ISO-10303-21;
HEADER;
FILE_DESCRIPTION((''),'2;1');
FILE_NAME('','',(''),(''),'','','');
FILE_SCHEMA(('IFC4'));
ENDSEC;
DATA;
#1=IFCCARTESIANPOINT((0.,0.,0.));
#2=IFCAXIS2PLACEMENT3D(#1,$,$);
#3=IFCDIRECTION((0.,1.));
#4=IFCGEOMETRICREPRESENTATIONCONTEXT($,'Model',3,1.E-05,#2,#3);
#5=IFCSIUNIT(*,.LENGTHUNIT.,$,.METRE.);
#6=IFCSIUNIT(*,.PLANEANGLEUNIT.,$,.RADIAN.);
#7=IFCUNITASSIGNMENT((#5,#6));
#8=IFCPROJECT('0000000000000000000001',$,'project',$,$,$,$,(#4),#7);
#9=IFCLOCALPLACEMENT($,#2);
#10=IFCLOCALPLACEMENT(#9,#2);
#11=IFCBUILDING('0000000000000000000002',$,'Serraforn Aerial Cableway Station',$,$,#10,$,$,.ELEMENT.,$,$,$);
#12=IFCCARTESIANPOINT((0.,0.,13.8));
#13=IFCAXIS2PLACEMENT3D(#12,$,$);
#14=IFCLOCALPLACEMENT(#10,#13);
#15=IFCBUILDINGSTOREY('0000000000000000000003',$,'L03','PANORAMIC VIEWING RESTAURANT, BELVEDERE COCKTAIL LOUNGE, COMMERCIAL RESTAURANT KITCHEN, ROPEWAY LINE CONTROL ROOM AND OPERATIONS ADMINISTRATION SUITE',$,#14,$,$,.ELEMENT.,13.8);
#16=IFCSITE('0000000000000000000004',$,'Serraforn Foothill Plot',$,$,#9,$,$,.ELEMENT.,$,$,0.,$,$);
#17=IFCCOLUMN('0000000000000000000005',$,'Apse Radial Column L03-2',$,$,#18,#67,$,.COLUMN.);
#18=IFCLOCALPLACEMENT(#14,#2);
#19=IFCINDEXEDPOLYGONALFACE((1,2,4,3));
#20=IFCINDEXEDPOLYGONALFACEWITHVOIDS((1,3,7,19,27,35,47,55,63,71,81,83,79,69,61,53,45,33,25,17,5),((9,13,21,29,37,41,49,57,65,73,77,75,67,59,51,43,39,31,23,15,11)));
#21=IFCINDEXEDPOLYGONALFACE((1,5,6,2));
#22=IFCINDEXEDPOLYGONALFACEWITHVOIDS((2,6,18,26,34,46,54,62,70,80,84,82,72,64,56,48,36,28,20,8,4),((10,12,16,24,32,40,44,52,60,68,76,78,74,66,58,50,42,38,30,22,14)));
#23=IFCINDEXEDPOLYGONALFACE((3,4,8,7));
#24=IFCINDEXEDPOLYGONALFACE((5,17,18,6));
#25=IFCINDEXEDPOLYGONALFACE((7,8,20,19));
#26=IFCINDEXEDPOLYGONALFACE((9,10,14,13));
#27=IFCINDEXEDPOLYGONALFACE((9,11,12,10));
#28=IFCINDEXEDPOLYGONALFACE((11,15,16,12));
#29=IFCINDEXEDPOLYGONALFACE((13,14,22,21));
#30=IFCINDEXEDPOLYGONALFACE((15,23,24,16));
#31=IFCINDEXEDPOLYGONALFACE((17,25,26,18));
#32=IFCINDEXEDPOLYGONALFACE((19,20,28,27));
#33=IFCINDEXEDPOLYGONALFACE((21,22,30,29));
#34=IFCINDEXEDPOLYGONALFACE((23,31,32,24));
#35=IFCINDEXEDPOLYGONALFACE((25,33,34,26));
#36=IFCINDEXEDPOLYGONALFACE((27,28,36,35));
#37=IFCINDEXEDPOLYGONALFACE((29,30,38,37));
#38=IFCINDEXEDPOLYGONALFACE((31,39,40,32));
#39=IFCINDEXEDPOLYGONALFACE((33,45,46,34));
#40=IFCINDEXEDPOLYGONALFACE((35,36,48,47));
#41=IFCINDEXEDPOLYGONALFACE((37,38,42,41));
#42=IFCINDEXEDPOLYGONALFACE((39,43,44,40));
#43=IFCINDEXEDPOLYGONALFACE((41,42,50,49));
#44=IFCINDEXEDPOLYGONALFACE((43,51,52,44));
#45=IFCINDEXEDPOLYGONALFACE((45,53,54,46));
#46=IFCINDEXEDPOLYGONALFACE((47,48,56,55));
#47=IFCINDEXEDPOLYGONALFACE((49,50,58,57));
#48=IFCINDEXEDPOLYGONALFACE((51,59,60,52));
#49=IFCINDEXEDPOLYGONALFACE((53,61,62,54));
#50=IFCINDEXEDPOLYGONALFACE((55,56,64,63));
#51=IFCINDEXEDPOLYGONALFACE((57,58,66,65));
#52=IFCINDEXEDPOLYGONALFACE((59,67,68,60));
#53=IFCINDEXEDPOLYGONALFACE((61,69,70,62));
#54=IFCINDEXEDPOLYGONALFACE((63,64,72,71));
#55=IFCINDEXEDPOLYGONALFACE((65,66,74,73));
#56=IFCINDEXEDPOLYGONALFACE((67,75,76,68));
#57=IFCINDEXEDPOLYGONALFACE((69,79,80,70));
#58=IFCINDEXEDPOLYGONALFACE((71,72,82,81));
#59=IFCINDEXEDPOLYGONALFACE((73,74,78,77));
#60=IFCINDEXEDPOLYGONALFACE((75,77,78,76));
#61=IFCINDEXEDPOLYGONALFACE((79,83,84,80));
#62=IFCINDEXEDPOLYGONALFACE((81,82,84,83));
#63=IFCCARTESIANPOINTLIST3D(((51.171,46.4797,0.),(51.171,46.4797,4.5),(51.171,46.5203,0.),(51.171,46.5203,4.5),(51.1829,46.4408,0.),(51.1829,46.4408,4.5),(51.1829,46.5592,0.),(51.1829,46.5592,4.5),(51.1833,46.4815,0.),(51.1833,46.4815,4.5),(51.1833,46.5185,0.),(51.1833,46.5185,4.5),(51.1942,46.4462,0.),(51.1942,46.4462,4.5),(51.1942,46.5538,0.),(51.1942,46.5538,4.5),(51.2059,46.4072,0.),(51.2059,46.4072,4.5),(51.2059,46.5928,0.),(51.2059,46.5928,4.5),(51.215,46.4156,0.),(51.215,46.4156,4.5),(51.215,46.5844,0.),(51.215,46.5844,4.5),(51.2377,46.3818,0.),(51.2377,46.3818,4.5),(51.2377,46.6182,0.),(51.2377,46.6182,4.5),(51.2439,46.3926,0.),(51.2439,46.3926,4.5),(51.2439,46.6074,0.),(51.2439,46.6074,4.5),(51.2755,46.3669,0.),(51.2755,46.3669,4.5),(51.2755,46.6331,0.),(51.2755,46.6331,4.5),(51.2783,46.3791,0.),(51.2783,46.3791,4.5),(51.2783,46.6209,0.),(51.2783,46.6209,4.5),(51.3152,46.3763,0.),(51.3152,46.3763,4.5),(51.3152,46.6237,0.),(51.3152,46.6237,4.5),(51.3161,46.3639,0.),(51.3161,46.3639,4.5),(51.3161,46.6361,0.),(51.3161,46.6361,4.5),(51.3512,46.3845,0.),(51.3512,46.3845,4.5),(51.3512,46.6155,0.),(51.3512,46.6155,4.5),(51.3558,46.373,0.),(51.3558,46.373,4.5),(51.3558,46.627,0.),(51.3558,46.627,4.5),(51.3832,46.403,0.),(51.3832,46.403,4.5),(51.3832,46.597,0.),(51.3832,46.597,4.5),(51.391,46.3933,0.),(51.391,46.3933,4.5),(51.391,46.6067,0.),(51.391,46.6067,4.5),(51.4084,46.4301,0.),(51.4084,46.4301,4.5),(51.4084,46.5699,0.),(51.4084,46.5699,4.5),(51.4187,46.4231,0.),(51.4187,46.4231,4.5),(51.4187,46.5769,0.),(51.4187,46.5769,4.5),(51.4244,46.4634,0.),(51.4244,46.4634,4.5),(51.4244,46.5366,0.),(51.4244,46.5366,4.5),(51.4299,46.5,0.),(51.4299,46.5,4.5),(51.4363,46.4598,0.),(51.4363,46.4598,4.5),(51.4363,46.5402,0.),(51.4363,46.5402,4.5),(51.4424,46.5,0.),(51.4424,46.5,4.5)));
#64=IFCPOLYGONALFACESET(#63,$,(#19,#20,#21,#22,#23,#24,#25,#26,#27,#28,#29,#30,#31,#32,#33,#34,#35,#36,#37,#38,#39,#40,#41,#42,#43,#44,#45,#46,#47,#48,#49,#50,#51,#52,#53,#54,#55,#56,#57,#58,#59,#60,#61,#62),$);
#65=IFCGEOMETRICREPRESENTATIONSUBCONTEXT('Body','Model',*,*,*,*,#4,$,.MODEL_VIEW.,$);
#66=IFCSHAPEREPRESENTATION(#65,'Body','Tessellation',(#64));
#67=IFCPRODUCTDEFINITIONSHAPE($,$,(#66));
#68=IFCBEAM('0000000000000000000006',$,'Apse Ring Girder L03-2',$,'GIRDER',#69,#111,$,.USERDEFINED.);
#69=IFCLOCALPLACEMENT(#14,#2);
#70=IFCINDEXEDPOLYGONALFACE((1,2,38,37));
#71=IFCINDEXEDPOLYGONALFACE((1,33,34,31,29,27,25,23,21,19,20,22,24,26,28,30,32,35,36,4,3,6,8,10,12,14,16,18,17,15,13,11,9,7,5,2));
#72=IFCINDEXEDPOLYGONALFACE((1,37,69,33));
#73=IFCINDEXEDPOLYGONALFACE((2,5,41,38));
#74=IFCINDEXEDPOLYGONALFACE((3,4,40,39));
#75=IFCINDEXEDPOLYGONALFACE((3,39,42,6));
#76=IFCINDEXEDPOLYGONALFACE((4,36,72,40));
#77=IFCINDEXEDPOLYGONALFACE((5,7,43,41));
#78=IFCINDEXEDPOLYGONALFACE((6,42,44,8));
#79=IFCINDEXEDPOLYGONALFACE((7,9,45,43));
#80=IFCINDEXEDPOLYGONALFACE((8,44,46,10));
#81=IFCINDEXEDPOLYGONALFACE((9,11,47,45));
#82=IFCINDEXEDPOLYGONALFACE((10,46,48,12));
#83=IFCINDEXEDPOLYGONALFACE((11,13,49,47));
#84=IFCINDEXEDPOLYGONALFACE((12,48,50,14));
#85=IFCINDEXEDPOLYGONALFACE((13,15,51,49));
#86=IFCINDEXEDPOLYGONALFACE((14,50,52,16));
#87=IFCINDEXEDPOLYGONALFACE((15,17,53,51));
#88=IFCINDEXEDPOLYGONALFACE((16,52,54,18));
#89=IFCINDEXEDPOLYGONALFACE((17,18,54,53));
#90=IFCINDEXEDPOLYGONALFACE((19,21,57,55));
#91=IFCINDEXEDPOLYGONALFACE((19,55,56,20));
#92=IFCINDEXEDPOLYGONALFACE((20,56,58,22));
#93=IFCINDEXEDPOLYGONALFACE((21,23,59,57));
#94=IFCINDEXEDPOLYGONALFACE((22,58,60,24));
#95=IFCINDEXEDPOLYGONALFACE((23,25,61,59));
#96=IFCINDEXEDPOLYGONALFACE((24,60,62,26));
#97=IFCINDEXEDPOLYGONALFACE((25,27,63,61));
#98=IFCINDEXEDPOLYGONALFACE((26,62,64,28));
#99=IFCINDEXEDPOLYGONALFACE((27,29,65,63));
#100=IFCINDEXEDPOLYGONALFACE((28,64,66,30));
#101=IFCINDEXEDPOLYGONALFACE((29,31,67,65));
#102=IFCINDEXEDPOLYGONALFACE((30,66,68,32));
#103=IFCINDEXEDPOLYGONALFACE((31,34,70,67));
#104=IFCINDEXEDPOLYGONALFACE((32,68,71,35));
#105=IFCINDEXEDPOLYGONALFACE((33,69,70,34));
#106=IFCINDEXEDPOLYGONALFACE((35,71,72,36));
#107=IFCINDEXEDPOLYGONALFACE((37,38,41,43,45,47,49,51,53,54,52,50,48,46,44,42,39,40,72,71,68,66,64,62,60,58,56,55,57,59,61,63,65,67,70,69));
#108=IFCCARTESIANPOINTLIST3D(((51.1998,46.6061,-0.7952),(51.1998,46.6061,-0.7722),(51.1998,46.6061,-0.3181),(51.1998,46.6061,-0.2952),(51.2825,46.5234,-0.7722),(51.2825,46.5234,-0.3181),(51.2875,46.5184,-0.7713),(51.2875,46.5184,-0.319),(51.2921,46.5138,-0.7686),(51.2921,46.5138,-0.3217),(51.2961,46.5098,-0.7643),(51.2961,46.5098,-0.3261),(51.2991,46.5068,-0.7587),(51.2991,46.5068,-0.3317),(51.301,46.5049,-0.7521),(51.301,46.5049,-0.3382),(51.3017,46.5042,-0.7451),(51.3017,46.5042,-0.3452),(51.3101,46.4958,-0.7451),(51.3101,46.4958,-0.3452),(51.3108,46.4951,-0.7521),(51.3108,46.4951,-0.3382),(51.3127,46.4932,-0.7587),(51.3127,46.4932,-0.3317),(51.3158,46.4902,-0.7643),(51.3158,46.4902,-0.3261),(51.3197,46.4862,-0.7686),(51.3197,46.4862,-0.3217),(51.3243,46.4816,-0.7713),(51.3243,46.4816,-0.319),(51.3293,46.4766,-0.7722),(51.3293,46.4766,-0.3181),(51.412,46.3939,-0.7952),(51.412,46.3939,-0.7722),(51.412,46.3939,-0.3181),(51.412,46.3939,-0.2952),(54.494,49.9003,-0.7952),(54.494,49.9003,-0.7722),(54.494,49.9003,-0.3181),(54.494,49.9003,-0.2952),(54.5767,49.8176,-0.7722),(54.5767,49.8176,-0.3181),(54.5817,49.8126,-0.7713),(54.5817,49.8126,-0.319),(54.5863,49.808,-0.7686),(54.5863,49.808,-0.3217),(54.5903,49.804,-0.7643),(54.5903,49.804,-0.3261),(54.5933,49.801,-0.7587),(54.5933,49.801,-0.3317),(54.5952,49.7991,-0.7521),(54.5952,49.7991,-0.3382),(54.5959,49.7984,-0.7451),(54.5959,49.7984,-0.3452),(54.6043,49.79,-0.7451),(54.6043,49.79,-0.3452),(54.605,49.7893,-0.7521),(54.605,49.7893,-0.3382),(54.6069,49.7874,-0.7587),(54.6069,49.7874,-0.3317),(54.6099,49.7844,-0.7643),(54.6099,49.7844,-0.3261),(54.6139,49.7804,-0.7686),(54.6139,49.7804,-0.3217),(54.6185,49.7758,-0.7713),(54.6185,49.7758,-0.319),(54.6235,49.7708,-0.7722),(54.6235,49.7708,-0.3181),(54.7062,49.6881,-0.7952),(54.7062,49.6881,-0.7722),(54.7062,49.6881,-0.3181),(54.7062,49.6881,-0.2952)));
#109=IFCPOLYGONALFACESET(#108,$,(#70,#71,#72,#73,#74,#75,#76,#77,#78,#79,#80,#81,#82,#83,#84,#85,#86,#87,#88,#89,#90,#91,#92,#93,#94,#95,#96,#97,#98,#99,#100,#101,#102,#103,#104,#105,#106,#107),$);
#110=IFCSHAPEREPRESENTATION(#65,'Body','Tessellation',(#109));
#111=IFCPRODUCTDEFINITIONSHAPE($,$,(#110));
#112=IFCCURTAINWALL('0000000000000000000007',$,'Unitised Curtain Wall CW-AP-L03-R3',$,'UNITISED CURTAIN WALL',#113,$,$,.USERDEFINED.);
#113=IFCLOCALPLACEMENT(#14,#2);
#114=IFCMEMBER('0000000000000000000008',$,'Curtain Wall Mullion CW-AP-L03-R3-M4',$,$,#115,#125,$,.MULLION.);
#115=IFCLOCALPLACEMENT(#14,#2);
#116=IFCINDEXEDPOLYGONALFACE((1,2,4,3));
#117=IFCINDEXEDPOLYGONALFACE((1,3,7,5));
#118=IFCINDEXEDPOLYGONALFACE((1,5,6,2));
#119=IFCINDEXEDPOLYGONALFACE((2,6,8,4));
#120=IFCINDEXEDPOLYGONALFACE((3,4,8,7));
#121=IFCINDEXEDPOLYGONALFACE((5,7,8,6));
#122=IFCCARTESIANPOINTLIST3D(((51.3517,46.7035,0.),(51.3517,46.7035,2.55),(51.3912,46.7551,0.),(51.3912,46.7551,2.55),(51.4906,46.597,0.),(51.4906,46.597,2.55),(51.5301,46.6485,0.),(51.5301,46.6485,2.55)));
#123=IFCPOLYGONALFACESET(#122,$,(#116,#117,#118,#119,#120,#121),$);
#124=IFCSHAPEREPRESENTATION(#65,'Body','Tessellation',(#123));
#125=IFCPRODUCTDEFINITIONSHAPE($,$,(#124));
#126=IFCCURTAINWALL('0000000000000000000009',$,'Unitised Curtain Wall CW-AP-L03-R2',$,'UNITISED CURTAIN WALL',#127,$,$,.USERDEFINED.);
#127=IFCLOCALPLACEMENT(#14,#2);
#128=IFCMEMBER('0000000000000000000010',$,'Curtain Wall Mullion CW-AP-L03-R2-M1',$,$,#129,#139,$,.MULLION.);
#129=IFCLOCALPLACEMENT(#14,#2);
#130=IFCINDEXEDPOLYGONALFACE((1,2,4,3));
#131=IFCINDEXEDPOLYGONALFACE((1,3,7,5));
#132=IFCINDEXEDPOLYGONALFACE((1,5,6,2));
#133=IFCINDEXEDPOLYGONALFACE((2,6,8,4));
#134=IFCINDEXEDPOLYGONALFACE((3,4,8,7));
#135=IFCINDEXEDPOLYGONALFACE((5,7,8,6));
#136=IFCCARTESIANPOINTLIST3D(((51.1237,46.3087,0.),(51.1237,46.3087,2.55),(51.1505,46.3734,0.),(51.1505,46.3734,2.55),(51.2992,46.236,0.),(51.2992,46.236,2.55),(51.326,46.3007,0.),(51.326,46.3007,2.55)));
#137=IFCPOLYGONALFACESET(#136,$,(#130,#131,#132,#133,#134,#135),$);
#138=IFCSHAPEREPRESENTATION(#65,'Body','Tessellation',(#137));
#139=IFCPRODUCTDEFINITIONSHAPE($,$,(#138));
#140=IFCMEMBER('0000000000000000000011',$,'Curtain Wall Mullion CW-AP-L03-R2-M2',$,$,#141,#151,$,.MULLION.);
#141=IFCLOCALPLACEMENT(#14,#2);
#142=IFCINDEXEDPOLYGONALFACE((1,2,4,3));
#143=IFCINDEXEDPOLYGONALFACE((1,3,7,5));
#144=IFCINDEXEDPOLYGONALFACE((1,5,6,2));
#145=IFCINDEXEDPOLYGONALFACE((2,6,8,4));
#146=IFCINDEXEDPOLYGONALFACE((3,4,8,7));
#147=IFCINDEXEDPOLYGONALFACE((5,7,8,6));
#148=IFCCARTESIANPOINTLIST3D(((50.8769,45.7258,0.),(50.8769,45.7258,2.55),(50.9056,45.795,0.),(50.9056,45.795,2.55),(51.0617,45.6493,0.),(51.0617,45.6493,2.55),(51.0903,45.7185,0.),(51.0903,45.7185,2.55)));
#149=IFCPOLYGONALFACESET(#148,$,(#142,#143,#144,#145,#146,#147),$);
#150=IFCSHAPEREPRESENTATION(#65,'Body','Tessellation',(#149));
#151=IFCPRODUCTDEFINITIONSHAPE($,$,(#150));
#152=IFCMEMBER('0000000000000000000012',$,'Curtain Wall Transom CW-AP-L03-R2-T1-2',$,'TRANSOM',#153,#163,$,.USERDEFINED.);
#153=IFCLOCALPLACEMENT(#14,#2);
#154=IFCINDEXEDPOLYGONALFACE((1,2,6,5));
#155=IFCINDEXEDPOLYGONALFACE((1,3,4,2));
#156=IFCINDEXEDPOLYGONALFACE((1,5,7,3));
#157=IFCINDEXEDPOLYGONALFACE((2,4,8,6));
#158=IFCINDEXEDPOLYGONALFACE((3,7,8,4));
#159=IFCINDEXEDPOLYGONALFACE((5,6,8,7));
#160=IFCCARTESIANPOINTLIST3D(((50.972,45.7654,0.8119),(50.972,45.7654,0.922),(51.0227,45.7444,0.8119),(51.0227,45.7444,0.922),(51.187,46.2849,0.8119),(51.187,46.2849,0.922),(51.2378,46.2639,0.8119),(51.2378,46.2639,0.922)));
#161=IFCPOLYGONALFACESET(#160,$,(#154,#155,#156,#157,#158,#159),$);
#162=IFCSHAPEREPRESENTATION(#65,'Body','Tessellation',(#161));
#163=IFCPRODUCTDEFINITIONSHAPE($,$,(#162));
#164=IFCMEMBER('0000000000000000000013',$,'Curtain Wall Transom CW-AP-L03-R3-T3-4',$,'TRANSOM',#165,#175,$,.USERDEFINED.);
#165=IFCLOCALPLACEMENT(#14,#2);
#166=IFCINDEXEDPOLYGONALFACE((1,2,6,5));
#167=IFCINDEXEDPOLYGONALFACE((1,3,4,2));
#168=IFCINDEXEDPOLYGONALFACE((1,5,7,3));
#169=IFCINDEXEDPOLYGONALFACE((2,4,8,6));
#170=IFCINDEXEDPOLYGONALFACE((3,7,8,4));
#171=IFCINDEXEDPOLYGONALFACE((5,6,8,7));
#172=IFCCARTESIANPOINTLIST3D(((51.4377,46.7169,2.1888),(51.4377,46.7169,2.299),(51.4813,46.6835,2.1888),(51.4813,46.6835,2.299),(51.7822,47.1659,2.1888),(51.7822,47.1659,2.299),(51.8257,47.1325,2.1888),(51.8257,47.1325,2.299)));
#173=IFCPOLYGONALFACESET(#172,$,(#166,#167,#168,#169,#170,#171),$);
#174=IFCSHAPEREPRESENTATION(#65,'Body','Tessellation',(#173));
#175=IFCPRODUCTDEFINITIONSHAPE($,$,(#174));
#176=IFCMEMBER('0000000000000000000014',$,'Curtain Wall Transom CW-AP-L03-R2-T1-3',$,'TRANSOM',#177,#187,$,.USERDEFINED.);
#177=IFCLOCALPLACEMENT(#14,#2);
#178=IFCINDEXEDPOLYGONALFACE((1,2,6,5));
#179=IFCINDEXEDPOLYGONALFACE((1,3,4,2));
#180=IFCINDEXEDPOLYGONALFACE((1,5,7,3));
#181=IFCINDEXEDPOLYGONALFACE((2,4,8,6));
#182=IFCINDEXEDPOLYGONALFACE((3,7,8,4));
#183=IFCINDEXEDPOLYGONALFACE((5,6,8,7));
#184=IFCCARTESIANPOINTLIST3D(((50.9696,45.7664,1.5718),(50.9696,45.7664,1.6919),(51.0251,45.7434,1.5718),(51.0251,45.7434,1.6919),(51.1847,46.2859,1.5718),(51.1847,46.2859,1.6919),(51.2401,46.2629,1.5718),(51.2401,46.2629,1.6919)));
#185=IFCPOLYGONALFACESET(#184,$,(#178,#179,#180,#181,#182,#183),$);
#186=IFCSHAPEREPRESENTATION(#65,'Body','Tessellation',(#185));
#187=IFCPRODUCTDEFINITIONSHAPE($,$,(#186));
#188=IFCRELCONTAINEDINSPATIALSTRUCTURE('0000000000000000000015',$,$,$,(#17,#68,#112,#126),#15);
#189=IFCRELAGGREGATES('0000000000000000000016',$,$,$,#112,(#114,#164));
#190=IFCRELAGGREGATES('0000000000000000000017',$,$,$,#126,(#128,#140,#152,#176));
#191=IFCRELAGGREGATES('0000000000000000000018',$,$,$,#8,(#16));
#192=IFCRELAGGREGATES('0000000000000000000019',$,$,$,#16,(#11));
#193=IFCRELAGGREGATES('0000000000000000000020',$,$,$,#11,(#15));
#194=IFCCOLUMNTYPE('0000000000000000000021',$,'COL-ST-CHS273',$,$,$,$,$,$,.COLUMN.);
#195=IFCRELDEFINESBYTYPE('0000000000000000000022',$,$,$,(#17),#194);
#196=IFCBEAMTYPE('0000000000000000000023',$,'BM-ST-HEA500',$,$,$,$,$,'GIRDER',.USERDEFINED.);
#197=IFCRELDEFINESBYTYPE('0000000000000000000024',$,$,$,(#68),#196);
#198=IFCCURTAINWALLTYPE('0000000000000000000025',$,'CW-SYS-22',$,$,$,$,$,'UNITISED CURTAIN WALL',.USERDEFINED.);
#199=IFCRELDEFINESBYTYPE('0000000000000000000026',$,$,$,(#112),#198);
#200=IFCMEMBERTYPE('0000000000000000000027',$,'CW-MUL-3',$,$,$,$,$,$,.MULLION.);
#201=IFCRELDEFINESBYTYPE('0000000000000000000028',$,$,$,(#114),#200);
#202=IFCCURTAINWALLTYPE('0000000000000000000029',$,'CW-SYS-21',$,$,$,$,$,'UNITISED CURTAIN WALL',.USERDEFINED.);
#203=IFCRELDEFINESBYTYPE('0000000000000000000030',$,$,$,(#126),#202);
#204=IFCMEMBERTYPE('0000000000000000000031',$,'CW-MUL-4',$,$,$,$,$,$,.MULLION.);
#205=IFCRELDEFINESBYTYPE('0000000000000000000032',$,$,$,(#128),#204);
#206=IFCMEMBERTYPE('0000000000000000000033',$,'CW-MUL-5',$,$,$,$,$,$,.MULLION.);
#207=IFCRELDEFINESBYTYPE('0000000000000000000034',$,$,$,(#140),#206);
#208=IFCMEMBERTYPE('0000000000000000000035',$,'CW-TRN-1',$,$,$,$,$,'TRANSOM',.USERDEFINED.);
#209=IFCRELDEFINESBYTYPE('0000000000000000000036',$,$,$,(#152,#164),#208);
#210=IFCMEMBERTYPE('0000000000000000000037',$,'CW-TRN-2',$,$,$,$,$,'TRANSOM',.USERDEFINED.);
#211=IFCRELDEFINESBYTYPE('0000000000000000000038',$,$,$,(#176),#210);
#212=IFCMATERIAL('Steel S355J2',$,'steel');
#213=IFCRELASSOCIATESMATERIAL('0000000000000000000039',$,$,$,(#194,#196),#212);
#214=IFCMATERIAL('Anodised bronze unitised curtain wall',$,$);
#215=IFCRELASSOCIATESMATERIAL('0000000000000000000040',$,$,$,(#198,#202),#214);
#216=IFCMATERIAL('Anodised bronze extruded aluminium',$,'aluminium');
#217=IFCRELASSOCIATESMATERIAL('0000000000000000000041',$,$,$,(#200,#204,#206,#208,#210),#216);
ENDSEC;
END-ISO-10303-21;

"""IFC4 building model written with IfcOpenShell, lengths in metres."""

from ifc_helpers import new_model, si_unit, direction, frame, origin, origin_2d, place, context, subcontext, project, spatial, rectangle, hollow_circle, i_section, extrude, material, material_profile, profile_set, type_object, element, aggregate, save


model = new_model("IFC4")

# Units and contexts
model_context = context("Model", 3, precision=1e-05, world=origin(), true_north=direction((0.0, 1.0)))
body_context = subcontext(model_context, "Body", "Model", "MODEL_VIEW")
ifc_project = project(units=[si_unit("LENGTHUNIT", "METRE"), si_unit("PLANEANGLEUNIT", "RADIAN")], contexts=[model_context])

# Site, building, storey
site_placement = place(None, origin())
site = spatial("IfcSite", under=ifc_project, at=site_placement, Name="Serraforn Foothill Plot", CompositionType="ELEMENT", RefElevation=0.0)
building_placement = place(site_placement, origin())
building = spatial("IfcBuilding", under=site, at=building_placement, Name="Serraforn Aerial Cableway Station", CompositionType="ELEMENT")
storey_placement = place(building_placement, frame((0.0, 0.0, 13.8)))
storey = spatial("IfcBuildingStorey", under=building, at=storey_placement, Name="L03", Description="PANORAMIC VIEWING RESTAURANT, BELVEDERE COCKTAIL LOUNGE, COMMERCIAL RESTAURANT KITCHEN, ROPEWAY LINE CONTROL ROOM AND OPERATIONS ADMINISTRATION SUITE", CompositionType="ELEMENT", Elevation=13.8)

# Column
ifc_material_1 = material(Name="Steel S355J2", Category="steel")
ifc_material_profile_1 = material_profile(ifc_material_1, hollow_circle(Radius=0.1365, WallThickness=0.0125, at=origin_2d()), Name="CHS 273.0x12.5")
ifc_profile_set_1 = profile_set([ifc_material_profile_1], Name="Steel S355J2")
column_type = type_object("IfcColumnType", Name="COL-ST-CHS273", PredefinedType="COLUMN", material=ifc_profile_set_1)
column_placement = place(storey_placement, frame((51.3059, 46.5, 0.0), z_axis=(0.0, 0.0, 1.0), x_axis=(1.0, 0.0, 0.0)))
element("IfcColumn", 1, at=column_placement, inside=storey, type_object=column_type, Name="Apse Radial Column L03-2", PredefinedType="COLUMN", context=body_context, shape_type="SweptSolid", body=[
    extrude(hollow_circle(Radius=0.1365, WallThickness=0.0125, at=origin_2d()), origin(), (0.0, 0.0, 1.0), 4.5),
])

# Beam
ifc_material_profile_2 = material_profile(ifc_material_1, i_section(OverallWidth=0.3, OverallDepth=0.5, WebThickness=0.012, FlangeThickness=0.0229, FilletRadius=0.0271, at=origin_2d()), Name="HEA 500")
ifc_profile_set_2 = profile_set([ifc_material_profile_2], Name="Steel S355J2")
beam_type = type_object("IfcBeamType", Name="BM-ST-HEA500", ElementType="GIRDER", PredefinedType="USERDEFINED", material=ifc_profile_set_2)
beam_placement = place(storey_placement, frame((51.3059, 46.5, -0.5452), z_axis=(0.707107, 0.707107, 0.0), x_axis=(-0.707107, 0.707107, 0.0)))
element("IfcBeam", 2, at=beam_placement, inside=storey, type_object=beam_type, Name="Apse Ring Girder L03-2", ObjectType="GIRDER", PredefinedType="USERDEFINED", context=body_context, shape_type="SweptSolid", body=[
    extrude(i_section(OverallWidth=0.3, OverallDepth=0.5, WebThickness=0.012, FlangeThickness=0.0229, FilletRadius=0.0271, at=origin_2d()), origin(), (0.0, 0.0, 1.0), 4.6587),
])

# Curtain wall, member
ifc_material_2 = material(Name="Anodised bronze unitised curtain wall")
curtain_wall_type_1 = type_object("IfcCurtainWallType", Name="CW-SYS-22", ElementType="UNITISED CURTAIN WALL", PredefinedType="USERDEFINED", material=ifc_material_2)
curtain_wall_1_placement = place(storey_placement, origin())
curtain_wall_1 = element("IfcCurtainWall", 3, at=curtain_wall_1_placement, inside=storey, type_object=curtain_wall_type_1, Name="Unitised Curtain Wall CW-AP-L03-R3", ObjectType="UNITISED CURTAIN WALL", PredefinedType="USERDEFINED")
ifc_material_3 = material(Name="Anodised bronze extruded aluminium", Category="aluminium")
ifc_material_profile_3 = material_profile(ifc_material_3, rectangle(XDim=0.0649, YDim=0.175, at=origin_2d()), Name="CW MULLION 65x175")
ifc_profile_set_3 = profile_set([ifc_material_profile_3], Name="Anodised bronze extruded aluminium")
member_type_1 = type_object("IfcMemberType", Name="CW-MUL-3", PredefinedType="MULLION", material=ifc_profile_set_3)
member_1_placement = place(storey_placement, frame((51.4409, 46.676, 0.0), z_axis=(0.0, 0.0, 1.0), x_axis=(-0.608749, -0.793363, 0.0)))
member_1 = element("IfcMember", 4, at=member_1_placement, type_object=member_type_1, Name="Curtain Wall Mullion CW-AP-L03-R3-M4", PredefinedType="MULLION", context=body_context, shape_type="SweptSolid", body=[
    extrude(rectangle(XDim=0.0649, YDim=0.175, at=origin_2d()), origin(), (0.0, 0.0, 1.0), 2.55),
])

# Curtain wall, members
curtain_wall_type_2 = type_object("IfcCurtainWallType", Name="CW-SYS-21", ElementType="UNITISED CURTAIN WALL", PredefinedType="USERDEFINED", material=ifc_material_2)
curtain_wall_2_placement = place(storey_placement, origin())
curtain_wall_2 = element("IfcCurtainWall", 5, at=curtain_wall_2_placement, inside=storey, type_object=curtain_wall_type_2, Name="Unitised Curtain Wall CW-AP-L03-R2", ObjectType="UNITISED CURTAIN WALL", PredefinedType="USERDEFINED")
ifc_material_profile_4 = material_profile(ifc_material_3, rectangle(XDim=0.0701, YDim=0.1899, at=origin_2d()), Name="CW MULLION 70x190")
ifc_profile_set_4 = profile_set([ifc_material_profile_4], Name="Anodised bronze extruded aluminium")
member_type_2 = type_object("IfcMemberType", Name="CW-MUL-4", PredefinedType="MULLION", material=ifc_profile_set_4)
member_2_placement = place(storey_placement, frame((51.2249, 46.3047, 0.0), z_axis=(0.0, 0.0, 1.0), x_axis=(-0.382666, -0.923887, 0.0)))
member_2 = element("IfcMember", 6, at=member_2_placement, type_object=member_type_2, Name="Curtain Wall Mullion CW-AP-L03-R2-M1", PredefinedType="MULLION", context=body_context, shape_type="SweptSolid", body=[
    extrude(rectangle(XDim=0.0701, YDim=0.1899, at=origin_2d()), origin(), (0.0, 0.0, 1.0), 2.55),
])
ifc_material_profile_5 = material_profile(ifc_material_3, rectangle(XDim=0.075, YDim=0.2, at=origin_2d()), Name="CW MULLION 75x200")
ifc_profile_set_5 = profile_set([ifc_material_profile_5], Name="Anodised bronze extruded aluminium")
member_type_3 = type_object("IfcMemberType", Name="CW-MUL-5", PredefinedType="MULLION", material=ifc_profile_set_5)
member_3_placement = place(storey_placement, frame((50.9836, 45.7222, 0.0), z_axis=(0.0, 0.0, 1.0), x_axis=(-0.382666, -0.923887, 0.0)))
member_3 = element("IfcMember", 7, at=member_3_placement, type_object=member_type_3, Name="Curtain Wall Mullion CW-AP-L03-R2-M2", PredefinedType="MULLION", context=body_context, shape_type="SweptSolid", body=[
    extrude(rectangle(XDim=0.075, YDim=0.2, at=origin_2d()), origin(), (0.0, 0.0, 1.0), 2.55),
])
ifc_material_profile_6 = material_profile(ifc_material_3, rectangle(XDim=0.0549, YDim=0.1101, at=origin_2d()), Name="CW TRANSOM 55x110")
ifc_profile_set_6 = profile_set([ifc_material_profile_6], Name="Anodised bronze extruded aluminium")
member_type_4 = type_object("IfcMemberType", Name="CW-TRN-1", ElementType="TRANSOM", PredefinedType="USERDEFINED", material=ifc_profile_set_6)
member_4_placement = place(storey_placement, frame((51.2124, 46.2744, 0.8669), z_axis=(-0.382518, -0.923948, 0.0), x_axis=(0.923948, -0.382518, 0.0)))
member_4 = element("IfcMember", 8, at=member_4_placement, type_object=member_type_4, Name="Curtain Wall Transom CW-AP-L03-R2-T1-2", ObjectType="TRANSOM", PredefinedType="USERDEFINED", context=body_context, shape_type="SweptSolid", body=[
    extrude(rectangle(XDim=0.0549, YDim=0.1101, at=origin_2d()), origin(), (0.0, 0.0, 1.0), 0.5623),
])

# Members
member_5_placement = place(storey_placement, frame((51.804, 47.1492, 2.2439), z_axis=(-0.60873, -0.793377, 0.0), x_axis=(0.793377, -0.60873, 0.0)))
member_5 = element("IfcMember", 9, at=member_5_placement, type_object=member_type_4, Name="Curtain Wall Transom CW-AP-L03-R3-T3-4", ObjectType="TRANSOM", PredefinedType="USERDEFINED", context=body_context, shape_type="SweptSolid", body=[
    extrude(rectangle(XDim=0.0549, YDim=0.1101, at=origin_2d()), origin(), (0.0, 0.0, 1.0), 0.5659),
])
ifc_material_profile_7 = material_profile(ifc_material_3, rectangle(XDim=0.0601, YDim=0.1201, at=origin_2d()), Name="CW TRANSOM 60x120")
ifc_profile_set_7 = profile_set([ifc_material_profile_7], Name="Anodised bronze extruded aluminium")
member_type_5 = type_object("IfcMemberType", Name="CW-TRN-2", ElementType="TRANSOM", PredefinedType="USERDEFINED", material=ifc_profile_set_7)
member_6_placement = place(storey_placement, frame((51.2124, 46.2744, 1.6318), z_axis=(-0.382518, -0.923948, 0.0), x_axis=(0.923948, -0.382518, 0.0)))
member_6 = element("IfcMember", 10, at=member_6_placement, type_object=member_type_5, Name="Curtain Wall Transom CW-AP-L03-R2-T1-3", ObjectType="TRANSOM", PredefinedType="USERDEFINED", context=body_context, shape_type="SweptSolid", body=[
    extrude(rectangle(XDim=0.0601, YDim=0.1201, at=origin_2d()), origin(), (0.0, 0.0, 1.0), 0.5623),
])

aggregate(curtain_wall_1, [member_1, member_5])
aggregate(curtain_wall_2, [member_2, member_3, member_4, member_6])

save(model, "model.ifc")
